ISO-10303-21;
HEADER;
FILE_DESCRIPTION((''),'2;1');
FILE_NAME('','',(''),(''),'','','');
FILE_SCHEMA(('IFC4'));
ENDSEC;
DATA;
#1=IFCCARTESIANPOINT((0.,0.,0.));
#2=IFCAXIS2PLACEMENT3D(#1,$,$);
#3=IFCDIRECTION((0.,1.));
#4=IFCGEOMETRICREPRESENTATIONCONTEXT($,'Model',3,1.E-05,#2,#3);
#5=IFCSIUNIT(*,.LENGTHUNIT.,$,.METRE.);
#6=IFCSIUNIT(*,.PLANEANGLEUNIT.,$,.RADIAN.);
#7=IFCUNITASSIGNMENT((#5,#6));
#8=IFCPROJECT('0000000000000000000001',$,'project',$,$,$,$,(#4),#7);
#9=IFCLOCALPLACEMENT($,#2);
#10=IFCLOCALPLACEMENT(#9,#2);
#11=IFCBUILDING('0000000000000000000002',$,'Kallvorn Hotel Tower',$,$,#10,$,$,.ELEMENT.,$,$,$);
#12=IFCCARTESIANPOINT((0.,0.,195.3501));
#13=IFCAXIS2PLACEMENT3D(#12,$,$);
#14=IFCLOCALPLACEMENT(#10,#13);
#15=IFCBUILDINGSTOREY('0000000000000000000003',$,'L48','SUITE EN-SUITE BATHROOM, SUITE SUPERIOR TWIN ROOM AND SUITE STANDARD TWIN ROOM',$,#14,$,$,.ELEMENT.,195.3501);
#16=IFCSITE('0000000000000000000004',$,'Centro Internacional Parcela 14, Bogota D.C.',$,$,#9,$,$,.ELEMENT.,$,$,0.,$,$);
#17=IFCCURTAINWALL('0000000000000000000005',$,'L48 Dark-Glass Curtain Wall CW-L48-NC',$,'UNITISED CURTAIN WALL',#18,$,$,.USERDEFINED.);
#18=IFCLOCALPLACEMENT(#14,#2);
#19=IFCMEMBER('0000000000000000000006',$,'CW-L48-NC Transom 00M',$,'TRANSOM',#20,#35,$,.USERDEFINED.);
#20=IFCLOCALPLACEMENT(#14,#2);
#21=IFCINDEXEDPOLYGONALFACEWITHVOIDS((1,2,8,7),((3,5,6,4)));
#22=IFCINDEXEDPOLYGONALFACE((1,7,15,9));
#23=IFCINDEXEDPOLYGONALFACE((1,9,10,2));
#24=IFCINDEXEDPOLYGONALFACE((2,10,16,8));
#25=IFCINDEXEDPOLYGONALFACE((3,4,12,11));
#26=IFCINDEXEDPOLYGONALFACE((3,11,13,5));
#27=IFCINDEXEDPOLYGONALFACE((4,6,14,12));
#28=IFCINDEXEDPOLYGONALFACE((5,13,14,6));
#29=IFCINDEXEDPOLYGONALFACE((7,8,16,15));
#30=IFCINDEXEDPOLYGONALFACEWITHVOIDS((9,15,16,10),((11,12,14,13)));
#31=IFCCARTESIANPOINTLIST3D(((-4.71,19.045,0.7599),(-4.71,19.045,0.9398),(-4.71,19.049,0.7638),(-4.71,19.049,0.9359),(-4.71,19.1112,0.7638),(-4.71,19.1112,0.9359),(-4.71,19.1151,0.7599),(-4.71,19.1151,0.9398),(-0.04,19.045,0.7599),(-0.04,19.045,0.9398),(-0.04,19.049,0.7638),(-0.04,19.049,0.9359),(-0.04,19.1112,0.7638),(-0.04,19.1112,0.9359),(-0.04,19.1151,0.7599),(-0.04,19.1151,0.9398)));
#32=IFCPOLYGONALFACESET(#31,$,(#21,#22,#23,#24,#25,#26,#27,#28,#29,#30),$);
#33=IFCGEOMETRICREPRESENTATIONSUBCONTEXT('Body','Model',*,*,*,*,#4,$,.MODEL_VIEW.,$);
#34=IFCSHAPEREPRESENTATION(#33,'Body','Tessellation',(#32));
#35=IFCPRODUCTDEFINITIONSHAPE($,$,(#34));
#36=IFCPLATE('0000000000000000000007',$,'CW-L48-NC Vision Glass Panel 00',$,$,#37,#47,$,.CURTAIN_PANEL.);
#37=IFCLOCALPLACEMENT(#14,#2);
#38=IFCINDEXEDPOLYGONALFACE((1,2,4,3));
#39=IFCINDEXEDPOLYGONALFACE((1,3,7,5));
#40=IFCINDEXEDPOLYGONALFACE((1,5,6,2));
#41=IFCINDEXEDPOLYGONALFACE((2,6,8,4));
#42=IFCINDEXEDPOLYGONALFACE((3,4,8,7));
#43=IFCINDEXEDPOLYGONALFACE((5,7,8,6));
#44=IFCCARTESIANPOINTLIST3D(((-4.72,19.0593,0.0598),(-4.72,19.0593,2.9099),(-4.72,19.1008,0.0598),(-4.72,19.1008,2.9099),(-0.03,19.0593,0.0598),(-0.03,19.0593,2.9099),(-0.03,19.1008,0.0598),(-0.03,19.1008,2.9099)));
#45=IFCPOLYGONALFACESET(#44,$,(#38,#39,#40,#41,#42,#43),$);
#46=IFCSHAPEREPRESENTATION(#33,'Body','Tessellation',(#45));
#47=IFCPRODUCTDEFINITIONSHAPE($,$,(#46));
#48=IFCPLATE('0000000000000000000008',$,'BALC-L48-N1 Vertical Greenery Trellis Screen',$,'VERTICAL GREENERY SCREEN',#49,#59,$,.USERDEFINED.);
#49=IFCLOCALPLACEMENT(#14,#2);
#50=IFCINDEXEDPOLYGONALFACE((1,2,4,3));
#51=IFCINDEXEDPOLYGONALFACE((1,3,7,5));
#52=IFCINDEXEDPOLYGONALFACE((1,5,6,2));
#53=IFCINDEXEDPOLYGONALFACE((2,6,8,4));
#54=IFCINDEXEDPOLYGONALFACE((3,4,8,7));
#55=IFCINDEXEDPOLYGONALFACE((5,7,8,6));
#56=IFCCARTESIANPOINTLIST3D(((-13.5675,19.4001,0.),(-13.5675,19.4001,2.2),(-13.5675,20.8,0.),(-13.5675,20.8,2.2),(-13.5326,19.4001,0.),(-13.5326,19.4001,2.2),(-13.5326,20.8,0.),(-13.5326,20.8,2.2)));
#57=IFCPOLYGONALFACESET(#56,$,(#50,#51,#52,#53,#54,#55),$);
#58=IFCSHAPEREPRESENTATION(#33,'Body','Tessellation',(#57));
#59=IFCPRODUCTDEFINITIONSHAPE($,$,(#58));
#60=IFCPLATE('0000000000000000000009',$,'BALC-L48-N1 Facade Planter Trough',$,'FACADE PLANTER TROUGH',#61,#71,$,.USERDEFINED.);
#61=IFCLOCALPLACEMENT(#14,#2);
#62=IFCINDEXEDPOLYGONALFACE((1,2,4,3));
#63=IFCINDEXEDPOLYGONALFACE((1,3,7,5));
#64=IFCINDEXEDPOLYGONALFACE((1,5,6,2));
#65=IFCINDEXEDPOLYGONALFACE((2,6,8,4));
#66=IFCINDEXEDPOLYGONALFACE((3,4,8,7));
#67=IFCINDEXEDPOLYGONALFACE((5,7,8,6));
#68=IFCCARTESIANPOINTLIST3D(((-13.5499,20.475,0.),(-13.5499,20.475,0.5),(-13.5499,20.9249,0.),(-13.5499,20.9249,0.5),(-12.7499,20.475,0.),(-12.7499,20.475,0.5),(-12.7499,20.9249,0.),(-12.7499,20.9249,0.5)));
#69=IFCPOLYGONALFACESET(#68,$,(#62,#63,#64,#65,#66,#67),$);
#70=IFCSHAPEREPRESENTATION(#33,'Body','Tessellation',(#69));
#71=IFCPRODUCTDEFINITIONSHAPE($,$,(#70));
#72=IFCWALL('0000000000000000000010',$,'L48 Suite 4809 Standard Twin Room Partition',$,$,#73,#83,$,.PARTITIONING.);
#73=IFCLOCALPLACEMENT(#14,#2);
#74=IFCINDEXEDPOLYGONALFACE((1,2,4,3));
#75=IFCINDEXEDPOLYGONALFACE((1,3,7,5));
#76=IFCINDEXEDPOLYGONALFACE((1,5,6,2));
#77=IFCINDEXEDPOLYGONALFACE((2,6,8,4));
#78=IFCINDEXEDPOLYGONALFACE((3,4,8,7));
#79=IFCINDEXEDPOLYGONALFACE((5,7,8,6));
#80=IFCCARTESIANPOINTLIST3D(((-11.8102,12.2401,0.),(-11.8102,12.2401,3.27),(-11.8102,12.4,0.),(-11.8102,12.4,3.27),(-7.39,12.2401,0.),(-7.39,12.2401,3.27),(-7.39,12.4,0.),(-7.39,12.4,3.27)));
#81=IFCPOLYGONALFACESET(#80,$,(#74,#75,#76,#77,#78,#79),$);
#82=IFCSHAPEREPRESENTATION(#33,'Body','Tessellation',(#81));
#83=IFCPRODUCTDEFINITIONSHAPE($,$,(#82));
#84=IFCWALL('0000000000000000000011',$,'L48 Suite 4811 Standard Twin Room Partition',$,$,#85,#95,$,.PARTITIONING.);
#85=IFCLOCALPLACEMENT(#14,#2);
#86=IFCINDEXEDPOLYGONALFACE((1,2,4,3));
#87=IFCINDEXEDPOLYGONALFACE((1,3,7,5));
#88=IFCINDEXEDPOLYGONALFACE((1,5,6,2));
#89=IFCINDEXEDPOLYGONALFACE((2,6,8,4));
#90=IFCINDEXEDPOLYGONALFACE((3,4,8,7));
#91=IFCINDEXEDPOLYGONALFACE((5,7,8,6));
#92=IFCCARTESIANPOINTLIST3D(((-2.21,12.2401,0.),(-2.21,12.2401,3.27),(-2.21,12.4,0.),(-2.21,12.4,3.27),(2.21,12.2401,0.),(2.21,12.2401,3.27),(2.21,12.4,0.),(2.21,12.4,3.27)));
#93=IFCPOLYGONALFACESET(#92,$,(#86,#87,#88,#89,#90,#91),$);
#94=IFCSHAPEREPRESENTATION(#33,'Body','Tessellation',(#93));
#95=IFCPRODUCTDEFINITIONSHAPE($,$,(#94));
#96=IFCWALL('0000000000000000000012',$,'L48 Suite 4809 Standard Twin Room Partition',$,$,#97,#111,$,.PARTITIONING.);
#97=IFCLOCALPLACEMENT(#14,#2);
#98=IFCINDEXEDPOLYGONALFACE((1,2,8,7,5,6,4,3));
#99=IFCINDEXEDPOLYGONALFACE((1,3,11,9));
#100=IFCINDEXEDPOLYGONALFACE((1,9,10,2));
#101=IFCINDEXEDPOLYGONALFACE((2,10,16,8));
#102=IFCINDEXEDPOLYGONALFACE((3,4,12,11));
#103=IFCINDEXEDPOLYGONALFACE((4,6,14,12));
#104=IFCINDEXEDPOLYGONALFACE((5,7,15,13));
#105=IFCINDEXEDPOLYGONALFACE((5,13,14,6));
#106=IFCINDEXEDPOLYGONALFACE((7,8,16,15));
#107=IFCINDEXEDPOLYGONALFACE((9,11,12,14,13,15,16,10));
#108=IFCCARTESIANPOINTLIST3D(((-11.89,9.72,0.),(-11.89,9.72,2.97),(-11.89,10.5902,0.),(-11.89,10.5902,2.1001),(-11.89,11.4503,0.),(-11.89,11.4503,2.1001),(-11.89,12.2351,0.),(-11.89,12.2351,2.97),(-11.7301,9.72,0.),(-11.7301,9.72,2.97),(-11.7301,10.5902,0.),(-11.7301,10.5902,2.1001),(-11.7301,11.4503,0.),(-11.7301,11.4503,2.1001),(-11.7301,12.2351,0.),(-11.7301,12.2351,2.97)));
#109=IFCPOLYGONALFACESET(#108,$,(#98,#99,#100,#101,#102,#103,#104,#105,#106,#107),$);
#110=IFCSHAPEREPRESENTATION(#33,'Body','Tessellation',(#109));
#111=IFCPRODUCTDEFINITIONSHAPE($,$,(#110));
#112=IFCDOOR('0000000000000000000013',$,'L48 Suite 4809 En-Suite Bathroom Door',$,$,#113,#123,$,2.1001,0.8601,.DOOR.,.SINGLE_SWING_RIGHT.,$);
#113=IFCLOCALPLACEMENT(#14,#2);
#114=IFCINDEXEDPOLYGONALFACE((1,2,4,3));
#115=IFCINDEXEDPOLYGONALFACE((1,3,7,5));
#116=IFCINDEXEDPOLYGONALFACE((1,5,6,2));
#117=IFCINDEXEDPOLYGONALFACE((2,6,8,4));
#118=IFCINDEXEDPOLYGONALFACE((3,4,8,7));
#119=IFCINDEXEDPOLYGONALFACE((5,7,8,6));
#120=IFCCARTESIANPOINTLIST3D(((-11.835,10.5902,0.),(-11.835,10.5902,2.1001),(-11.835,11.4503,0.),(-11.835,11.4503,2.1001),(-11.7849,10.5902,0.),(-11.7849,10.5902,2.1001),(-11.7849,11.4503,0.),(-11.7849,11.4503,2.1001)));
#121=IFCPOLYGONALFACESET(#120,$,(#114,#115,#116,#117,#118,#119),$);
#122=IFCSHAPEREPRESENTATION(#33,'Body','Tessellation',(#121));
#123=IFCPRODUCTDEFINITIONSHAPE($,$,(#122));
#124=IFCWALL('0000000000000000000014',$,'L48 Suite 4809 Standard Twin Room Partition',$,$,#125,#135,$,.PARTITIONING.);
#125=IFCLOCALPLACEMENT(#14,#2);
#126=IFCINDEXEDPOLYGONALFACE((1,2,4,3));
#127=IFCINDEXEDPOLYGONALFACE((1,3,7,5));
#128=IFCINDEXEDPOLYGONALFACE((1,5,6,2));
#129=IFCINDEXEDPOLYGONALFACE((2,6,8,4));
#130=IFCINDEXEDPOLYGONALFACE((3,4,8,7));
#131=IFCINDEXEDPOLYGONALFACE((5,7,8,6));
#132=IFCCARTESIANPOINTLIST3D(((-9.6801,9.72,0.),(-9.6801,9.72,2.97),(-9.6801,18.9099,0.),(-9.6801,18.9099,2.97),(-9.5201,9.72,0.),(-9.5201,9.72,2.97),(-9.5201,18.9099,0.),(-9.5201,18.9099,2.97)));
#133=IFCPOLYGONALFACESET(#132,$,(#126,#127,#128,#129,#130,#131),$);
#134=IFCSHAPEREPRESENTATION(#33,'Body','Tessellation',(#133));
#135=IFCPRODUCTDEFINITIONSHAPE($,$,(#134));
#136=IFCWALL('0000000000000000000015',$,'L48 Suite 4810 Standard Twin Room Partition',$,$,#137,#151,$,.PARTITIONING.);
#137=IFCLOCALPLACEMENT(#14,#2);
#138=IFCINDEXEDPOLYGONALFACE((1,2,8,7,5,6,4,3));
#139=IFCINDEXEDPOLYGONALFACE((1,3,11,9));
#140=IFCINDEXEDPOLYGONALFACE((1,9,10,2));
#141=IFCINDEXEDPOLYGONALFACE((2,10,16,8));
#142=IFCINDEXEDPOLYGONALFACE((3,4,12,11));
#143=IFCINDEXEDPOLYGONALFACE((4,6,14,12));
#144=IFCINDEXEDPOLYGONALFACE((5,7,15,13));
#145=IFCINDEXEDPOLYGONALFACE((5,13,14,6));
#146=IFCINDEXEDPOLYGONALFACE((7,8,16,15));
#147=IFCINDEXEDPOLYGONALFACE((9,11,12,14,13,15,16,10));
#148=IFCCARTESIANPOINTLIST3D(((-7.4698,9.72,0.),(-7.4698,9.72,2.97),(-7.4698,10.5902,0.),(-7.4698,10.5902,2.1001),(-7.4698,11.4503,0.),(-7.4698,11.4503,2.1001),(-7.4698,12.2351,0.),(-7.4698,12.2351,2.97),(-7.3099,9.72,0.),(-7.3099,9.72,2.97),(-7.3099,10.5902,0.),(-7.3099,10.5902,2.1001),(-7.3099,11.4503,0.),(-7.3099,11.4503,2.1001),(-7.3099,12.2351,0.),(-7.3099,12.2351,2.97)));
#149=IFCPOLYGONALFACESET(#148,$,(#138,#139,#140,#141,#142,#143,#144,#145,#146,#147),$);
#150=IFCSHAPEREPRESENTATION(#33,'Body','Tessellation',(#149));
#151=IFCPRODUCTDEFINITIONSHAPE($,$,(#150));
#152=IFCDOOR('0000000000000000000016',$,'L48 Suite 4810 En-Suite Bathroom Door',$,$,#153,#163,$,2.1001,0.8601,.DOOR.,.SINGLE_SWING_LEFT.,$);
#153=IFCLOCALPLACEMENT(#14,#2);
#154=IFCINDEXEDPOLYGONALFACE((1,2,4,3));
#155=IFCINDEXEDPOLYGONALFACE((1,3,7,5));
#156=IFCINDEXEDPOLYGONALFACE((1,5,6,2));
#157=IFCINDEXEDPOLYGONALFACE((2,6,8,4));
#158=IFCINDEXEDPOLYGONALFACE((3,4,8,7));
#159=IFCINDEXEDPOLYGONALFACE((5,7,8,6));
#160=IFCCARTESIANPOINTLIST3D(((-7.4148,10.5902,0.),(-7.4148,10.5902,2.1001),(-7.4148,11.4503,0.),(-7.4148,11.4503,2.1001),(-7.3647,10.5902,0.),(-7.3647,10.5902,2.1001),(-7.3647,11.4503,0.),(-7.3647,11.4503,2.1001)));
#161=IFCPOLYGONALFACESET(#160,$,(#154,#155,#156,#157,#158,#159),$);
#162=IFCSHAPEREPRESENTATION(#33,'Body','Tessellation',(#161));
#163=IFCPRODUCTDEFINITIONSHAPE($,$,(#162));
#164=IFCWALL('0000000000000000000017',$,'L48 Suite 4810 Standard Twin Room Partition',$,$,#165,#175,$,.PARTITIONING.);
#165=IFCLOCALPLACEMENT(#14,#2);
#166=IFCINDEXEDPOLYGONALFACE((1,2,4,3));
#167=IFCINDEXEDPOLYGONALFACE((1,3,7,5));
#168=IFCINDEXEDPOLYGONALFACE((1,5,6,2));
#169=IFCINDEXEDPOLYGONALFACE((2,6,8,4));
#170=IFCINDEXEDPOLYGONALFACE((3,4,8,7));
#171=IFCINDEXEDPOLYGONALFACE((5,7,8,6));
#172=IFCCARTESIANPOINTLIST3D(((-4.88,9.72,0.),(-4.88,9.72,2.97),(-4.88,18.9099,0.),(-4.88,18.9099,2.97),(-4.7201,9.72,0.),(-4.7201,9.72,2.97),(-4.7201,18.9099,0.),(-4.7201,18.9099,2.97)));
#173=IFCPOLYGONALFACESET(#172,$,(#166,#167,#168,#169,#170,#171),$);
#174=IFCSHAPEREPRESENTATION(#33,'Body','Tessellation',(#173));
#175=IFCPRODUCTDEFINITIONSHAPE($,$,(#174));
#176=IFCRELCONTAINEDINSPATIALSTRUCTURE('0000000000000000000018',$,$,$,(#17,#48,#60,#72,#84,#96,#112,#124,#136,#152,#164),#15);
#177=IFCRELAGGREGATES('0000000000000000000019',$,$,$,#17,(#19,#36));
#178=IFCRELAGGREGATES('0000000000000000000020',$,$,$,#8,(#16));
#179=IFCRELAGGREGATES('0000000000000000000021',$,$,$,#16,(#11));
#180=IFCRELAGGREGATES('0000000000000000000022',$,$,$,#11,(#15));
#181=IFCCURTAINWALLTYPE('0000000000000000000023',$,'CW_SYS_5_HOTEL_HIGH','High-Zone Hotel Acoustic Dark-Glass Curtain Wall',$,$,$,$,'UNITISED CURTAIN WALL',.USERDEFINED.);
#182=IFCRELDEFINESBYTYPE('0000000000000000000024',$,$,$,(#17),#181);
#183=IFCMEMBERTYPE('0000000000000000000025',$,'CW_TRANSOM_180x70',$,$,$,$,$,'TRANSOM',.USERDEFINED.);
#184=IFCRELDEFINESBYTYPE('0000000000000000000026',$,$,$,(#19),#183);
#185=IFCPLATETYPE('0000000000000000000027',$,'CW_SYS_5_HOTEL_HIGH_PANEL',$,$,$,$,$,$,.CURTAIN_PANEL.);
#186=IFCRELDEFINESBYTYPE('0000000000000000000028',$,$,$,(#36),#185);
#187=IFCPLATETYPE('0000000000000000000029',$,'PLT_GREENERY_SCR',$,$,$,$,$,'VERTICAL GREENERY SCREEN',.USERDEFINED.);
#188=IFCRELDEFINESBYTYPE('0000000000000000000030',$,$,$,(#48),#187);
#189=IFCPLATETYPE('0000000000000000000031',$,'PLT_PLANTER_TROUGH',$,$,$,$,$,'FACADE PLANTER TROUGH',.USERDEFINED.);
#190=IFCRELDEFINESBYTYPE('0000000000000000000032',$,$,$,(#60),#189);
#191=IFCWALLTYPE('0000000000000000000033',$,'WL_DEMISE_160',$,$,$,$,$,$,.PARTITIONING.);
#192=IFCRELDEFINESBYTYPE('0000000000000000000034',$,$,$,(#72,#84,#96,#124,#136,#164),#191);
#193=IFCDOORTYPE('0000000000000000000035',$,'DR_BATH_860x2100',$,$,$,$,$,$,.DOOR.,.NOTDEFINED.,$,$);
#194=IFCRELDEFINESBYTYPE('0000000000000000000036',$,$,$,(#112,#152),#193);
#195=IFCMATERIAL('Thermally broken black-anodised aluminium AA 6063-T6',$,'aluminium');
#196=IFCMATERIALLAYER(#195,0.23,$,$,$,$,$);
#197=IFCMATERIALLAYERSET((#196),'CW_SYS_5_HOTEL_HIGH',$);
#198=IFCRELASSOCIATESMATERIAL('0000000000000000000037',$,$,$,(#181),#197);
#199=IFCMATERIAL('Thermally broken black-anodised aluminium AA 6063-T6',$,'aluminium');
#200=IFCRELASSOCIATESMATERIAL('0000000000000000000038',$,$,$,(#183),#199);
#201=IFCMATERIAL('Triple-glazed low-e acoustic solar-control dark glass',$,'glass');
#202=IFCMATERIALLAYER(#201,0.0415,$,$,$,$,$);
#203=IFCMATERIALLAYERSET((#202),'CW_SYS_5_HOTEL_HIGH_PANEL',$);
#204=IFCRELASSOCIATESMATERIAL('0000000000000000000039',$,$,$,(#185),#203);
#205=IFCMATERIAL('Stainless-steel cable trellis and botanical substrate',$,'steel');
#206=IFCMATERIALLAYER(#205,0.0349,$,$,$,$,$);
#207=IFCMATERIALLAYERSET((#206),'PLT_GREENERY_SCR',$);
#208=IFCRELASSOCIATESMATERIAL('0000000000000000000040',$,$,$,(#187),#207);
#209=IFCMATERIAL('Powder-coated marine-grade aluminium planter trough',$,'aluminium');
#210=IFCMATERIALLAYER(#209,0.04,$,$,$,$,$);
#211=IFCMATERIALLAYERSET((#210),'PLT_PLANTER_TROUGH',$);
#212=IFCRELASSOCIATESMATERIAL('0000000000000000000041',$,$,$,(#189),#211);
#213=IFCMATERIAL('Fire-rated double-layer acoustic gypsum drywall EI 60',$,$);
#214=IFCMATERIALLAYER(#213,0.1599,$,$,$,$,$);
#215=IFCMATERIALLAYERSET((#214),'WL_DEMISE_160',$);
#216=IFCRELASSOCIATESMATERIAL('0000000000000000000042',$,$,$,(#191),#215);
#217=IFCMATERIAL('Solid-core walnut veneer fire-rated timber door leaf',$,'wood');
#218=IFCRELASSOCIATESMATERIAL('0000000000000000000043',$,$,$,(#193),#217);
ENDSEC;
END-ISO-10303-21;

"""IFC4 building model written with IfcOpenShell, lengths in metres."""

from ifc_helpers import new_model, si_unit, direction, frame, frame_2d, origin, origin_2d, place, context, subcontext, project, spatial, rectangle, hollow_rectangle, extrude, material, layer, layer_set, material_profile, profile_set, type_object, element, fill, aggregate, save


model = new_model("IFC4")

# Units and contexts
model_context = context("Model", 3, precision=1e-05, world=origin(), true_north=direction((0.0, 1.0)))
body_context = subcontext(model_context, "Body", "Model", "MODEL_VIEW")
ifc_project = project(units=[si_unit("LENGTHUNIT", "METRE"), si_unit("PLANEANGLEUNIT", "RADIAN")], contexts=[model_context])

# Site, building, storey
site_placement = place(None, origin())
site = spatial("IfcSite", under=ifc_project, at=site_placement, Name="Centro Internacional Parcela 14, Bogota D.C.", CompositionType="ELEMENT", RefElevation=0.0)
building_placement = place(site_placement, origin())
building = spatial("IfcBuilding", under=site, at=building_placement, Name="Kallvorn Hotel Tower", CompositionType="ELEMENT")
storey_placement = place(building_placement, frame((0.0, 0.0, 195.3501)))
storey = spatial("IfcBuildingStorey", under=building, at=storey_placement, Name="L48", Description="SUITE EN-SUITE BATHROOM, SUITE SUPERIOR TWIN ROOM AND SUITE STANDARD TWIN ROOM", CompositionType="ELEMENT", Elevation=195.3501)

# Curtain wall, member, plate
ifc_material_1 = material(Name="Thermally broken black-anodised aluminium AA 6063-T6", Category="aluminium")
ifc_layer_1 = layer(ifc_material_1, 0.23)
ifc_layer_set_1 = layer_set([ifc_layer_1], Name="CW_SYS_5_HOTEL_HIGH")
curtain_wall_type = type_object("IfcCurtainWallType", Name="CW_SYS_5_HOTEL_HIGH", Description="High-Zone Hotel Acoustic Dark-Glass Curtain Wall", ElementType="UNITISED CURTAIN WALL", PredefinedType="USERDEFINED", material=ifc_layer_set_1)
curtain_wall_placement = place(storey_placement, origin())
curtain_wall = element("IfcCurtainWall", 1, at=curtain_wall_placement, inside=storey, type_object=curtain_wall_type, Name="L48 Dark-Glass Curtain Wall CW-L48-NC", ObjectType="UNITISED CURTAIN WALL", PredefinedType="USERDEFINED")
ifc_material_2 = material(Name="Thermally broken black-anodised aluminium AA 6063-T6", Category="aluminium")
ifc_material_profile_1 = material_profile(ifc_material_2, hollow_rectangle(XDim=0.0701, YDim=0.1799, WallThickness=0.0039, at=origin_2d()), Name="TRN 180x70")
ifc_profile_set_1 = profile_set([ifc_material_profile_1], Name="Thermally broken black-anodised aluminium AA 6063-T6")
member_type_1 = type_object("IfcMemberType", Name="CW_TRANSOM_180x70", ElementType="TRANSOM", PredefinedType="USERDEFINED", material=ifc_profile_set_1)
member_1_placement = place(storey_placement, frame((-4.71, 19.0801, 0.8499), z_axis=(1.0, 0.0, 0.0), x_axis=(0.0, 1.0, 0.0)))
member_1 = element("IfcMember", 2, at=member_1_placement, type_object=member_type_1, Name="CW-L48-NC Transom 00M", ObjectType="TRANSOM", PredefinedType="USERDEFINED", context=body_context, shape_type="SweptSolid", body=[
    extrude(hollow_rectangle(XDim=0.0701, YDim=0.1799, WallThickness=0.0039, at=origin_2d()), origin(), (0.0, 0.0, 1.0), 4.6699),
])
ifc_material_3 = material(Name="Triple-glazed low-e acoustic solar-control dark glass", Category="glass")
ifc_layer_2 = layer(ifc_material_3, 0.0415)
ifc_layer_set_2 = layer_set([ifc_layer_2], Name="CW_SYS_5_HOTEL_HIGH_PANEL")
plate_type_1 = type_object("IfcPlateType", Name="CW_SYS_5_HOTEL_HIGH_PANEL", PredefinedType="CURTAIN_PANEL", material=ifc_layer_set_2)
plate_1_placement = place(storey_placement, frame((-2.375, 19.0801, 0.0598), z_axis=(0.0, 0.0, 1.0), x_axis=(1.0, 0.0, 0.0)))
plate_1 = element("IfcPlate", 3, at=plate_1_placement, type_object=plate_type_1, Name="CW-L48-NC Vision Glass Panel 00", PredefinedType="CURTAIN_PANEL", context=body_context, shape_type="SweptSolid", body=[
    extrude(rectangle(XDim=4.6899, YDim=0.0415, at=origin_2d()), origin(), (0.0, 0.0, 1.0), 2.8501),
])
aggregate(curtain_wall, [member_1, plate_1])

# Plates
ifc_material_4 = material(Name="Stainless-steel cable trellis and botanical substrate", Category="steel")
ifc_layer_3 = layer(ifc_material_4, 0.0349)
ifc_layer_set_3 = layer_set([ifc_layer_3], Name="PLT_GREENERY_SCR")
plate_type_2 = type_object("IfcPlateType", Name="PLT_GREENERY_SCR", ElementType="VERTICAL GREENERY SCREEN", PredefinedType="USERDEFINED", material=ifc_layer_set_3)
plate_2_placement = place(storey_placement, frame((-13.55, 20.1001, 0.0), z_axis=(0.0, 0.0, 1.0), x_axis=(1.0, 0.0, 0.0)))
element("IfcPlate", 4, at=plate_2_placement, inside=storey, type_object=plate_type_2, Name="BALC-L48-N1 Vertical Greenery Trellis Screen", ObjectType="VERTICAL GREENERY SCREEN", PredefinedType="USERDEFINED", context=body_context, shape_type="SweptSolid", body=[
    extrude(rectangle(XDim=0.0349, YDim=1.3999, at=origin_2d()), origin(), (0.0, 0.0, 1.0), 2.2),
])
ifc_material_5 = material(Name="Powder-coated marine-grade aluminium planter trough", Category="aluminium")
ifc_layer_4 = layer(ifc_material_5, 0.04)
ifc_layer_set_4 = layer_set([ifc_layer_4], Name="PLT_PLANTER_TROUGH")
plate_type_3 = type_object("IfcPlateType", Name="PLT_PLANTER_TROUGH", ElementType="FACADE PLANTER TROUGH", PredefinedType="USERDEFINED", material=ifc_layer_set_4)
plate_3_placement = place(storey_placement, frame((-13.1499, 20.7, 0.0), z_axis=(0.0, 0.0, 1.0), x_axis=(1.0, 0.0, 0.0)))
element("IfcPlate", 5, at=plate_3_placement, inside=storey, type_object=plate_type_3, Name="BALC-L48-N1 Facade Planter Trough", ObjectType="FACADE PLANTER TROUGH", PredefinedType="USERDEFINED", context=body_context, shape_type="SweptSolid", body=[
    extrude(rectangle(XDim=0.8, YDim=0.45, at=origin_2d()), origin(), (0.0, 0.0, 1.0), 0.5),
])

# Walls
ifc_material_6 = material(Name="Fire-rated double-layer acoustic gypsum drywall EI 60")
ifc_layer_5 = layer(ifc_material_6, 0.1599)
ifc_layer_set_5 = layer_set([ifc_layer_5], Name="WL_DEMISE_160")
wall_type = type_object("IfcWallType", Name="WL_DEMISE_160", PredefinedType="PARTITIONING", material=ifc_layer_set_5)
wall_1_placement = place(storey_placement, frame((-11.8101, 12.3201, 0.0), z_axis=(0.0, 0.0, 1.0), x_axis=(1.0, 0.0, 0.0)))
element("IfcWall", 6, at=wall_1_placement, inside=storey, type_object=wall_type, Name="L48 Suite 4809 Standard Twin Room Partition", PredefinedType="PARTITIONING", context=body_context, shape_type="SweptSolid", body=[
    extrude(rectangle(XDim=4.4202, YDim=0.1599, at=frame_2d((2.21, 0.0))), origin(), (0.0, 0.0, 1.0), 3.27),
])
wall_2_placement = place(storey_placement, frame((-2.21, 12.3201, 0.0), z_axis=(0.0, 0.0, 1.0), x_axis=(1.0, 0.0, 0.0)))
element("IfcWall", 7, at=wall_2_placement, inside=storey, type_object=wall_type, Name="L48 Suite 4811 Standard Twin Room Partition", PredefinedType="PARTITIONING", context=body_context, shape_type="SweptSolid", body=[
    extrude(rectangle(XDim=4.4199, YDim=0.1599, at=frame_2d((2.21, 0.0))), origin(), (0.0, 0.0, 1.0), 3.27),
])

# Wall, opening, door
wall_3_placement = place(storey_placement, frame((-11.8101, 9.72, 0.0), z_axis=(0.0, 0.0, 1.0), x_axis=(0.0, 1.0, 0.0)))
wall_3 = element("IfcWall", 8, at=wall_3_placement, inside=storey, type_object=wall_type, Name="L48 Suite 4809 Standard Twin Room Partition", PredefinedType="PARTITIONING", context=body_context, shape_type="SweptSolid", body=[
    extrude(rectangle(XDim=2.5151, YDim=0.1599, at=frame_2d((1.2576, 0.0))), origin(), (0.0, 0.0, 1.0), 2.97),
])
opening_1_placement = place(wall_3_placement, frame((0.8701, 0.0, 0.0)))
opening_1 = element("IfcOpeningElement", 9, at=opening_1_placement, cuts=wall_3, PredefinedType="OPENING", context=body_context, shape_type="SweptSolid", body=[
    extrude(rectangle(XDim=0.8601, YDim=2.1001, at=frame_2d((0.4302, 1.05))), frame((0.0, 0.095, 0.0), z_axis=(0.0, -1.0, 0.0), x_axis=(1.0, 0.0, 0.0)), (0.0, 0.0, 1.0), 0.1899),
])
ifc_material_7 = material(Name="Solid-core walnut veneer fire-rated timber door leaf", Category="wood")
door_type = type_object("IfcDoorType", Name="DR_BATH_860x2100", OperationType="NOTDEFINED", PredefinedType="DOOR", material=ifc_material_7)
door_1_placement = place(opening_1_placement, origin())
door_1 = element("IfcDoor", 10, at=door_1_placement, inside=storey, type_object=door_type, Name="L48 Suite 4809 En-Suite Bathroom Door", OperationType="SINGLE_SWING_RIGHT", OverallHeight=2.1001, OverallWidth=0.8601, PredefinedType="DOOR", context=body_context, shape_type="SweptSolid", body=[
    extrude(rectangle(XDim=0.8601, YDim=2.1001, at=frame_2d((0.4302, 1.05))), frame((0.0, 0.0249, 0.0), z_axis=(0.0, -1.0, 0.0), x_axis=(1.0, 0.0, 0.0)), (0.0, 0.0, 1.0), 0.05),
])
fill(opening_1, door_1)

# Wall
wall_4_placement = place(storey_placement, frame((-9.6001, 9.72, 0.0), z_axis=(0.0, 0.0, 1.0), x_axis=(0.0, 1.0, 0.0)))
element("IfcWall", 11, at=wall_4_placement, inside=storey, type_object=wall_type, Name="L48 Suite 4809 Standard Twin Room Partition", PredefinedType="PARTITIONING", context=body_context, shape_type="SweptSolid", body=[
    extrude(rectangle(XDim=9.1899, YDim=0.1599, at=frame_2d((4.595, 0.0))), origin(), (0.0, 0.0, 1.0), 2.97),
])

# Wall, opening, door
wall_5_placement = place(storey_placement, frame((-7.3899, 9.72, 0.0), z_axis=(0.0, 0.0, 1.0), x_axis=(0.0, 1.0, 0.0)))
wall_5 = element("IfcWall", 12, at=wall_5_placement, inside=storey, type_object=wall_type, Name="L48 Suite 4810 Standard Twin Room Partition", PredefinedType="PARTITIONING", context=body_context, shape_type="SweptSolid", body=[
    extrude(rectangle(XDim=2.5151, YDim=0.1599, at=frame_2d((1.2576, 0.0))), origin(), (0.0, 0.0, 1.0), 2.97),
])
opening_2_placement = place(wall_5_placement, frame((0.8701, 0.0, 0.0)))
opening_2 = element("IfcOpeningElement", 13, at=opening_2_placement, cuts=wall_5, PredefinedType="OPENING", context=body_context, shape_type="SweptSolid", body=[
    extrude(rectangle(XDim=0.8601, YDim=2.1001, at=frame_2d((0.4302, 1.05))), frame((0.0, 0.095, 0.0), z_axis=(0.0, -1.0, 0.0), x_axis=(1.0, 0.0, 0.0)), (0.0, 0.0, 1.0), 0.1899),
])
door_2_placement = place(opening_2_placement, origin())
door_2 = element("IfcDoor", 14, at=door_2_placement, inside=storey, type_object=door_type, Name="L48 Suite 4810 En-Suite Bathroom Door", OperationType="SINGLE_SWING_LEFT", OverallHeight=2.1001, OverallWidth=0.8601, PredefinedType="DOOR", context=body_context, shape_type="SweptSolid", body=[
    extrude(rectangle(XDim=0.8601, YDim=2.1001, at=frame_2d((0.4302, 1.05))), frame((0.0, 0.0249, 0.0), z_axis=(0.0, -1.0, 0.0), x_axis=(1.0, 0.0, 0.0)), (0.0, 0.0, 1.0), 0.05),
])
fill(opening_2, door_2)

# Wall
wall_6_placement = place(storey_placement, frame((-4.8, 9.72, 0.0), z_axis=(0.0, 0.0, 1.0), x_axis=(0.0, 1.0, 0.0)))
element("IfcWall", 15, at=wall_6_placement, inside=storey, type_object=wall_type, Name="L48 Suite 4810 Standard Twin Room Partition", PredefinedType="PARTITIONING", context=body_context, shape_type="SweptSolid", body=[
    extrude(rectangle(XDim=9.1899, YDim=0.1599, at=frame_2d((4.595, 0.0))), origin(), (0.0, 0.0, 1.0), 2.97),
])

save(model, "model.ifc")
